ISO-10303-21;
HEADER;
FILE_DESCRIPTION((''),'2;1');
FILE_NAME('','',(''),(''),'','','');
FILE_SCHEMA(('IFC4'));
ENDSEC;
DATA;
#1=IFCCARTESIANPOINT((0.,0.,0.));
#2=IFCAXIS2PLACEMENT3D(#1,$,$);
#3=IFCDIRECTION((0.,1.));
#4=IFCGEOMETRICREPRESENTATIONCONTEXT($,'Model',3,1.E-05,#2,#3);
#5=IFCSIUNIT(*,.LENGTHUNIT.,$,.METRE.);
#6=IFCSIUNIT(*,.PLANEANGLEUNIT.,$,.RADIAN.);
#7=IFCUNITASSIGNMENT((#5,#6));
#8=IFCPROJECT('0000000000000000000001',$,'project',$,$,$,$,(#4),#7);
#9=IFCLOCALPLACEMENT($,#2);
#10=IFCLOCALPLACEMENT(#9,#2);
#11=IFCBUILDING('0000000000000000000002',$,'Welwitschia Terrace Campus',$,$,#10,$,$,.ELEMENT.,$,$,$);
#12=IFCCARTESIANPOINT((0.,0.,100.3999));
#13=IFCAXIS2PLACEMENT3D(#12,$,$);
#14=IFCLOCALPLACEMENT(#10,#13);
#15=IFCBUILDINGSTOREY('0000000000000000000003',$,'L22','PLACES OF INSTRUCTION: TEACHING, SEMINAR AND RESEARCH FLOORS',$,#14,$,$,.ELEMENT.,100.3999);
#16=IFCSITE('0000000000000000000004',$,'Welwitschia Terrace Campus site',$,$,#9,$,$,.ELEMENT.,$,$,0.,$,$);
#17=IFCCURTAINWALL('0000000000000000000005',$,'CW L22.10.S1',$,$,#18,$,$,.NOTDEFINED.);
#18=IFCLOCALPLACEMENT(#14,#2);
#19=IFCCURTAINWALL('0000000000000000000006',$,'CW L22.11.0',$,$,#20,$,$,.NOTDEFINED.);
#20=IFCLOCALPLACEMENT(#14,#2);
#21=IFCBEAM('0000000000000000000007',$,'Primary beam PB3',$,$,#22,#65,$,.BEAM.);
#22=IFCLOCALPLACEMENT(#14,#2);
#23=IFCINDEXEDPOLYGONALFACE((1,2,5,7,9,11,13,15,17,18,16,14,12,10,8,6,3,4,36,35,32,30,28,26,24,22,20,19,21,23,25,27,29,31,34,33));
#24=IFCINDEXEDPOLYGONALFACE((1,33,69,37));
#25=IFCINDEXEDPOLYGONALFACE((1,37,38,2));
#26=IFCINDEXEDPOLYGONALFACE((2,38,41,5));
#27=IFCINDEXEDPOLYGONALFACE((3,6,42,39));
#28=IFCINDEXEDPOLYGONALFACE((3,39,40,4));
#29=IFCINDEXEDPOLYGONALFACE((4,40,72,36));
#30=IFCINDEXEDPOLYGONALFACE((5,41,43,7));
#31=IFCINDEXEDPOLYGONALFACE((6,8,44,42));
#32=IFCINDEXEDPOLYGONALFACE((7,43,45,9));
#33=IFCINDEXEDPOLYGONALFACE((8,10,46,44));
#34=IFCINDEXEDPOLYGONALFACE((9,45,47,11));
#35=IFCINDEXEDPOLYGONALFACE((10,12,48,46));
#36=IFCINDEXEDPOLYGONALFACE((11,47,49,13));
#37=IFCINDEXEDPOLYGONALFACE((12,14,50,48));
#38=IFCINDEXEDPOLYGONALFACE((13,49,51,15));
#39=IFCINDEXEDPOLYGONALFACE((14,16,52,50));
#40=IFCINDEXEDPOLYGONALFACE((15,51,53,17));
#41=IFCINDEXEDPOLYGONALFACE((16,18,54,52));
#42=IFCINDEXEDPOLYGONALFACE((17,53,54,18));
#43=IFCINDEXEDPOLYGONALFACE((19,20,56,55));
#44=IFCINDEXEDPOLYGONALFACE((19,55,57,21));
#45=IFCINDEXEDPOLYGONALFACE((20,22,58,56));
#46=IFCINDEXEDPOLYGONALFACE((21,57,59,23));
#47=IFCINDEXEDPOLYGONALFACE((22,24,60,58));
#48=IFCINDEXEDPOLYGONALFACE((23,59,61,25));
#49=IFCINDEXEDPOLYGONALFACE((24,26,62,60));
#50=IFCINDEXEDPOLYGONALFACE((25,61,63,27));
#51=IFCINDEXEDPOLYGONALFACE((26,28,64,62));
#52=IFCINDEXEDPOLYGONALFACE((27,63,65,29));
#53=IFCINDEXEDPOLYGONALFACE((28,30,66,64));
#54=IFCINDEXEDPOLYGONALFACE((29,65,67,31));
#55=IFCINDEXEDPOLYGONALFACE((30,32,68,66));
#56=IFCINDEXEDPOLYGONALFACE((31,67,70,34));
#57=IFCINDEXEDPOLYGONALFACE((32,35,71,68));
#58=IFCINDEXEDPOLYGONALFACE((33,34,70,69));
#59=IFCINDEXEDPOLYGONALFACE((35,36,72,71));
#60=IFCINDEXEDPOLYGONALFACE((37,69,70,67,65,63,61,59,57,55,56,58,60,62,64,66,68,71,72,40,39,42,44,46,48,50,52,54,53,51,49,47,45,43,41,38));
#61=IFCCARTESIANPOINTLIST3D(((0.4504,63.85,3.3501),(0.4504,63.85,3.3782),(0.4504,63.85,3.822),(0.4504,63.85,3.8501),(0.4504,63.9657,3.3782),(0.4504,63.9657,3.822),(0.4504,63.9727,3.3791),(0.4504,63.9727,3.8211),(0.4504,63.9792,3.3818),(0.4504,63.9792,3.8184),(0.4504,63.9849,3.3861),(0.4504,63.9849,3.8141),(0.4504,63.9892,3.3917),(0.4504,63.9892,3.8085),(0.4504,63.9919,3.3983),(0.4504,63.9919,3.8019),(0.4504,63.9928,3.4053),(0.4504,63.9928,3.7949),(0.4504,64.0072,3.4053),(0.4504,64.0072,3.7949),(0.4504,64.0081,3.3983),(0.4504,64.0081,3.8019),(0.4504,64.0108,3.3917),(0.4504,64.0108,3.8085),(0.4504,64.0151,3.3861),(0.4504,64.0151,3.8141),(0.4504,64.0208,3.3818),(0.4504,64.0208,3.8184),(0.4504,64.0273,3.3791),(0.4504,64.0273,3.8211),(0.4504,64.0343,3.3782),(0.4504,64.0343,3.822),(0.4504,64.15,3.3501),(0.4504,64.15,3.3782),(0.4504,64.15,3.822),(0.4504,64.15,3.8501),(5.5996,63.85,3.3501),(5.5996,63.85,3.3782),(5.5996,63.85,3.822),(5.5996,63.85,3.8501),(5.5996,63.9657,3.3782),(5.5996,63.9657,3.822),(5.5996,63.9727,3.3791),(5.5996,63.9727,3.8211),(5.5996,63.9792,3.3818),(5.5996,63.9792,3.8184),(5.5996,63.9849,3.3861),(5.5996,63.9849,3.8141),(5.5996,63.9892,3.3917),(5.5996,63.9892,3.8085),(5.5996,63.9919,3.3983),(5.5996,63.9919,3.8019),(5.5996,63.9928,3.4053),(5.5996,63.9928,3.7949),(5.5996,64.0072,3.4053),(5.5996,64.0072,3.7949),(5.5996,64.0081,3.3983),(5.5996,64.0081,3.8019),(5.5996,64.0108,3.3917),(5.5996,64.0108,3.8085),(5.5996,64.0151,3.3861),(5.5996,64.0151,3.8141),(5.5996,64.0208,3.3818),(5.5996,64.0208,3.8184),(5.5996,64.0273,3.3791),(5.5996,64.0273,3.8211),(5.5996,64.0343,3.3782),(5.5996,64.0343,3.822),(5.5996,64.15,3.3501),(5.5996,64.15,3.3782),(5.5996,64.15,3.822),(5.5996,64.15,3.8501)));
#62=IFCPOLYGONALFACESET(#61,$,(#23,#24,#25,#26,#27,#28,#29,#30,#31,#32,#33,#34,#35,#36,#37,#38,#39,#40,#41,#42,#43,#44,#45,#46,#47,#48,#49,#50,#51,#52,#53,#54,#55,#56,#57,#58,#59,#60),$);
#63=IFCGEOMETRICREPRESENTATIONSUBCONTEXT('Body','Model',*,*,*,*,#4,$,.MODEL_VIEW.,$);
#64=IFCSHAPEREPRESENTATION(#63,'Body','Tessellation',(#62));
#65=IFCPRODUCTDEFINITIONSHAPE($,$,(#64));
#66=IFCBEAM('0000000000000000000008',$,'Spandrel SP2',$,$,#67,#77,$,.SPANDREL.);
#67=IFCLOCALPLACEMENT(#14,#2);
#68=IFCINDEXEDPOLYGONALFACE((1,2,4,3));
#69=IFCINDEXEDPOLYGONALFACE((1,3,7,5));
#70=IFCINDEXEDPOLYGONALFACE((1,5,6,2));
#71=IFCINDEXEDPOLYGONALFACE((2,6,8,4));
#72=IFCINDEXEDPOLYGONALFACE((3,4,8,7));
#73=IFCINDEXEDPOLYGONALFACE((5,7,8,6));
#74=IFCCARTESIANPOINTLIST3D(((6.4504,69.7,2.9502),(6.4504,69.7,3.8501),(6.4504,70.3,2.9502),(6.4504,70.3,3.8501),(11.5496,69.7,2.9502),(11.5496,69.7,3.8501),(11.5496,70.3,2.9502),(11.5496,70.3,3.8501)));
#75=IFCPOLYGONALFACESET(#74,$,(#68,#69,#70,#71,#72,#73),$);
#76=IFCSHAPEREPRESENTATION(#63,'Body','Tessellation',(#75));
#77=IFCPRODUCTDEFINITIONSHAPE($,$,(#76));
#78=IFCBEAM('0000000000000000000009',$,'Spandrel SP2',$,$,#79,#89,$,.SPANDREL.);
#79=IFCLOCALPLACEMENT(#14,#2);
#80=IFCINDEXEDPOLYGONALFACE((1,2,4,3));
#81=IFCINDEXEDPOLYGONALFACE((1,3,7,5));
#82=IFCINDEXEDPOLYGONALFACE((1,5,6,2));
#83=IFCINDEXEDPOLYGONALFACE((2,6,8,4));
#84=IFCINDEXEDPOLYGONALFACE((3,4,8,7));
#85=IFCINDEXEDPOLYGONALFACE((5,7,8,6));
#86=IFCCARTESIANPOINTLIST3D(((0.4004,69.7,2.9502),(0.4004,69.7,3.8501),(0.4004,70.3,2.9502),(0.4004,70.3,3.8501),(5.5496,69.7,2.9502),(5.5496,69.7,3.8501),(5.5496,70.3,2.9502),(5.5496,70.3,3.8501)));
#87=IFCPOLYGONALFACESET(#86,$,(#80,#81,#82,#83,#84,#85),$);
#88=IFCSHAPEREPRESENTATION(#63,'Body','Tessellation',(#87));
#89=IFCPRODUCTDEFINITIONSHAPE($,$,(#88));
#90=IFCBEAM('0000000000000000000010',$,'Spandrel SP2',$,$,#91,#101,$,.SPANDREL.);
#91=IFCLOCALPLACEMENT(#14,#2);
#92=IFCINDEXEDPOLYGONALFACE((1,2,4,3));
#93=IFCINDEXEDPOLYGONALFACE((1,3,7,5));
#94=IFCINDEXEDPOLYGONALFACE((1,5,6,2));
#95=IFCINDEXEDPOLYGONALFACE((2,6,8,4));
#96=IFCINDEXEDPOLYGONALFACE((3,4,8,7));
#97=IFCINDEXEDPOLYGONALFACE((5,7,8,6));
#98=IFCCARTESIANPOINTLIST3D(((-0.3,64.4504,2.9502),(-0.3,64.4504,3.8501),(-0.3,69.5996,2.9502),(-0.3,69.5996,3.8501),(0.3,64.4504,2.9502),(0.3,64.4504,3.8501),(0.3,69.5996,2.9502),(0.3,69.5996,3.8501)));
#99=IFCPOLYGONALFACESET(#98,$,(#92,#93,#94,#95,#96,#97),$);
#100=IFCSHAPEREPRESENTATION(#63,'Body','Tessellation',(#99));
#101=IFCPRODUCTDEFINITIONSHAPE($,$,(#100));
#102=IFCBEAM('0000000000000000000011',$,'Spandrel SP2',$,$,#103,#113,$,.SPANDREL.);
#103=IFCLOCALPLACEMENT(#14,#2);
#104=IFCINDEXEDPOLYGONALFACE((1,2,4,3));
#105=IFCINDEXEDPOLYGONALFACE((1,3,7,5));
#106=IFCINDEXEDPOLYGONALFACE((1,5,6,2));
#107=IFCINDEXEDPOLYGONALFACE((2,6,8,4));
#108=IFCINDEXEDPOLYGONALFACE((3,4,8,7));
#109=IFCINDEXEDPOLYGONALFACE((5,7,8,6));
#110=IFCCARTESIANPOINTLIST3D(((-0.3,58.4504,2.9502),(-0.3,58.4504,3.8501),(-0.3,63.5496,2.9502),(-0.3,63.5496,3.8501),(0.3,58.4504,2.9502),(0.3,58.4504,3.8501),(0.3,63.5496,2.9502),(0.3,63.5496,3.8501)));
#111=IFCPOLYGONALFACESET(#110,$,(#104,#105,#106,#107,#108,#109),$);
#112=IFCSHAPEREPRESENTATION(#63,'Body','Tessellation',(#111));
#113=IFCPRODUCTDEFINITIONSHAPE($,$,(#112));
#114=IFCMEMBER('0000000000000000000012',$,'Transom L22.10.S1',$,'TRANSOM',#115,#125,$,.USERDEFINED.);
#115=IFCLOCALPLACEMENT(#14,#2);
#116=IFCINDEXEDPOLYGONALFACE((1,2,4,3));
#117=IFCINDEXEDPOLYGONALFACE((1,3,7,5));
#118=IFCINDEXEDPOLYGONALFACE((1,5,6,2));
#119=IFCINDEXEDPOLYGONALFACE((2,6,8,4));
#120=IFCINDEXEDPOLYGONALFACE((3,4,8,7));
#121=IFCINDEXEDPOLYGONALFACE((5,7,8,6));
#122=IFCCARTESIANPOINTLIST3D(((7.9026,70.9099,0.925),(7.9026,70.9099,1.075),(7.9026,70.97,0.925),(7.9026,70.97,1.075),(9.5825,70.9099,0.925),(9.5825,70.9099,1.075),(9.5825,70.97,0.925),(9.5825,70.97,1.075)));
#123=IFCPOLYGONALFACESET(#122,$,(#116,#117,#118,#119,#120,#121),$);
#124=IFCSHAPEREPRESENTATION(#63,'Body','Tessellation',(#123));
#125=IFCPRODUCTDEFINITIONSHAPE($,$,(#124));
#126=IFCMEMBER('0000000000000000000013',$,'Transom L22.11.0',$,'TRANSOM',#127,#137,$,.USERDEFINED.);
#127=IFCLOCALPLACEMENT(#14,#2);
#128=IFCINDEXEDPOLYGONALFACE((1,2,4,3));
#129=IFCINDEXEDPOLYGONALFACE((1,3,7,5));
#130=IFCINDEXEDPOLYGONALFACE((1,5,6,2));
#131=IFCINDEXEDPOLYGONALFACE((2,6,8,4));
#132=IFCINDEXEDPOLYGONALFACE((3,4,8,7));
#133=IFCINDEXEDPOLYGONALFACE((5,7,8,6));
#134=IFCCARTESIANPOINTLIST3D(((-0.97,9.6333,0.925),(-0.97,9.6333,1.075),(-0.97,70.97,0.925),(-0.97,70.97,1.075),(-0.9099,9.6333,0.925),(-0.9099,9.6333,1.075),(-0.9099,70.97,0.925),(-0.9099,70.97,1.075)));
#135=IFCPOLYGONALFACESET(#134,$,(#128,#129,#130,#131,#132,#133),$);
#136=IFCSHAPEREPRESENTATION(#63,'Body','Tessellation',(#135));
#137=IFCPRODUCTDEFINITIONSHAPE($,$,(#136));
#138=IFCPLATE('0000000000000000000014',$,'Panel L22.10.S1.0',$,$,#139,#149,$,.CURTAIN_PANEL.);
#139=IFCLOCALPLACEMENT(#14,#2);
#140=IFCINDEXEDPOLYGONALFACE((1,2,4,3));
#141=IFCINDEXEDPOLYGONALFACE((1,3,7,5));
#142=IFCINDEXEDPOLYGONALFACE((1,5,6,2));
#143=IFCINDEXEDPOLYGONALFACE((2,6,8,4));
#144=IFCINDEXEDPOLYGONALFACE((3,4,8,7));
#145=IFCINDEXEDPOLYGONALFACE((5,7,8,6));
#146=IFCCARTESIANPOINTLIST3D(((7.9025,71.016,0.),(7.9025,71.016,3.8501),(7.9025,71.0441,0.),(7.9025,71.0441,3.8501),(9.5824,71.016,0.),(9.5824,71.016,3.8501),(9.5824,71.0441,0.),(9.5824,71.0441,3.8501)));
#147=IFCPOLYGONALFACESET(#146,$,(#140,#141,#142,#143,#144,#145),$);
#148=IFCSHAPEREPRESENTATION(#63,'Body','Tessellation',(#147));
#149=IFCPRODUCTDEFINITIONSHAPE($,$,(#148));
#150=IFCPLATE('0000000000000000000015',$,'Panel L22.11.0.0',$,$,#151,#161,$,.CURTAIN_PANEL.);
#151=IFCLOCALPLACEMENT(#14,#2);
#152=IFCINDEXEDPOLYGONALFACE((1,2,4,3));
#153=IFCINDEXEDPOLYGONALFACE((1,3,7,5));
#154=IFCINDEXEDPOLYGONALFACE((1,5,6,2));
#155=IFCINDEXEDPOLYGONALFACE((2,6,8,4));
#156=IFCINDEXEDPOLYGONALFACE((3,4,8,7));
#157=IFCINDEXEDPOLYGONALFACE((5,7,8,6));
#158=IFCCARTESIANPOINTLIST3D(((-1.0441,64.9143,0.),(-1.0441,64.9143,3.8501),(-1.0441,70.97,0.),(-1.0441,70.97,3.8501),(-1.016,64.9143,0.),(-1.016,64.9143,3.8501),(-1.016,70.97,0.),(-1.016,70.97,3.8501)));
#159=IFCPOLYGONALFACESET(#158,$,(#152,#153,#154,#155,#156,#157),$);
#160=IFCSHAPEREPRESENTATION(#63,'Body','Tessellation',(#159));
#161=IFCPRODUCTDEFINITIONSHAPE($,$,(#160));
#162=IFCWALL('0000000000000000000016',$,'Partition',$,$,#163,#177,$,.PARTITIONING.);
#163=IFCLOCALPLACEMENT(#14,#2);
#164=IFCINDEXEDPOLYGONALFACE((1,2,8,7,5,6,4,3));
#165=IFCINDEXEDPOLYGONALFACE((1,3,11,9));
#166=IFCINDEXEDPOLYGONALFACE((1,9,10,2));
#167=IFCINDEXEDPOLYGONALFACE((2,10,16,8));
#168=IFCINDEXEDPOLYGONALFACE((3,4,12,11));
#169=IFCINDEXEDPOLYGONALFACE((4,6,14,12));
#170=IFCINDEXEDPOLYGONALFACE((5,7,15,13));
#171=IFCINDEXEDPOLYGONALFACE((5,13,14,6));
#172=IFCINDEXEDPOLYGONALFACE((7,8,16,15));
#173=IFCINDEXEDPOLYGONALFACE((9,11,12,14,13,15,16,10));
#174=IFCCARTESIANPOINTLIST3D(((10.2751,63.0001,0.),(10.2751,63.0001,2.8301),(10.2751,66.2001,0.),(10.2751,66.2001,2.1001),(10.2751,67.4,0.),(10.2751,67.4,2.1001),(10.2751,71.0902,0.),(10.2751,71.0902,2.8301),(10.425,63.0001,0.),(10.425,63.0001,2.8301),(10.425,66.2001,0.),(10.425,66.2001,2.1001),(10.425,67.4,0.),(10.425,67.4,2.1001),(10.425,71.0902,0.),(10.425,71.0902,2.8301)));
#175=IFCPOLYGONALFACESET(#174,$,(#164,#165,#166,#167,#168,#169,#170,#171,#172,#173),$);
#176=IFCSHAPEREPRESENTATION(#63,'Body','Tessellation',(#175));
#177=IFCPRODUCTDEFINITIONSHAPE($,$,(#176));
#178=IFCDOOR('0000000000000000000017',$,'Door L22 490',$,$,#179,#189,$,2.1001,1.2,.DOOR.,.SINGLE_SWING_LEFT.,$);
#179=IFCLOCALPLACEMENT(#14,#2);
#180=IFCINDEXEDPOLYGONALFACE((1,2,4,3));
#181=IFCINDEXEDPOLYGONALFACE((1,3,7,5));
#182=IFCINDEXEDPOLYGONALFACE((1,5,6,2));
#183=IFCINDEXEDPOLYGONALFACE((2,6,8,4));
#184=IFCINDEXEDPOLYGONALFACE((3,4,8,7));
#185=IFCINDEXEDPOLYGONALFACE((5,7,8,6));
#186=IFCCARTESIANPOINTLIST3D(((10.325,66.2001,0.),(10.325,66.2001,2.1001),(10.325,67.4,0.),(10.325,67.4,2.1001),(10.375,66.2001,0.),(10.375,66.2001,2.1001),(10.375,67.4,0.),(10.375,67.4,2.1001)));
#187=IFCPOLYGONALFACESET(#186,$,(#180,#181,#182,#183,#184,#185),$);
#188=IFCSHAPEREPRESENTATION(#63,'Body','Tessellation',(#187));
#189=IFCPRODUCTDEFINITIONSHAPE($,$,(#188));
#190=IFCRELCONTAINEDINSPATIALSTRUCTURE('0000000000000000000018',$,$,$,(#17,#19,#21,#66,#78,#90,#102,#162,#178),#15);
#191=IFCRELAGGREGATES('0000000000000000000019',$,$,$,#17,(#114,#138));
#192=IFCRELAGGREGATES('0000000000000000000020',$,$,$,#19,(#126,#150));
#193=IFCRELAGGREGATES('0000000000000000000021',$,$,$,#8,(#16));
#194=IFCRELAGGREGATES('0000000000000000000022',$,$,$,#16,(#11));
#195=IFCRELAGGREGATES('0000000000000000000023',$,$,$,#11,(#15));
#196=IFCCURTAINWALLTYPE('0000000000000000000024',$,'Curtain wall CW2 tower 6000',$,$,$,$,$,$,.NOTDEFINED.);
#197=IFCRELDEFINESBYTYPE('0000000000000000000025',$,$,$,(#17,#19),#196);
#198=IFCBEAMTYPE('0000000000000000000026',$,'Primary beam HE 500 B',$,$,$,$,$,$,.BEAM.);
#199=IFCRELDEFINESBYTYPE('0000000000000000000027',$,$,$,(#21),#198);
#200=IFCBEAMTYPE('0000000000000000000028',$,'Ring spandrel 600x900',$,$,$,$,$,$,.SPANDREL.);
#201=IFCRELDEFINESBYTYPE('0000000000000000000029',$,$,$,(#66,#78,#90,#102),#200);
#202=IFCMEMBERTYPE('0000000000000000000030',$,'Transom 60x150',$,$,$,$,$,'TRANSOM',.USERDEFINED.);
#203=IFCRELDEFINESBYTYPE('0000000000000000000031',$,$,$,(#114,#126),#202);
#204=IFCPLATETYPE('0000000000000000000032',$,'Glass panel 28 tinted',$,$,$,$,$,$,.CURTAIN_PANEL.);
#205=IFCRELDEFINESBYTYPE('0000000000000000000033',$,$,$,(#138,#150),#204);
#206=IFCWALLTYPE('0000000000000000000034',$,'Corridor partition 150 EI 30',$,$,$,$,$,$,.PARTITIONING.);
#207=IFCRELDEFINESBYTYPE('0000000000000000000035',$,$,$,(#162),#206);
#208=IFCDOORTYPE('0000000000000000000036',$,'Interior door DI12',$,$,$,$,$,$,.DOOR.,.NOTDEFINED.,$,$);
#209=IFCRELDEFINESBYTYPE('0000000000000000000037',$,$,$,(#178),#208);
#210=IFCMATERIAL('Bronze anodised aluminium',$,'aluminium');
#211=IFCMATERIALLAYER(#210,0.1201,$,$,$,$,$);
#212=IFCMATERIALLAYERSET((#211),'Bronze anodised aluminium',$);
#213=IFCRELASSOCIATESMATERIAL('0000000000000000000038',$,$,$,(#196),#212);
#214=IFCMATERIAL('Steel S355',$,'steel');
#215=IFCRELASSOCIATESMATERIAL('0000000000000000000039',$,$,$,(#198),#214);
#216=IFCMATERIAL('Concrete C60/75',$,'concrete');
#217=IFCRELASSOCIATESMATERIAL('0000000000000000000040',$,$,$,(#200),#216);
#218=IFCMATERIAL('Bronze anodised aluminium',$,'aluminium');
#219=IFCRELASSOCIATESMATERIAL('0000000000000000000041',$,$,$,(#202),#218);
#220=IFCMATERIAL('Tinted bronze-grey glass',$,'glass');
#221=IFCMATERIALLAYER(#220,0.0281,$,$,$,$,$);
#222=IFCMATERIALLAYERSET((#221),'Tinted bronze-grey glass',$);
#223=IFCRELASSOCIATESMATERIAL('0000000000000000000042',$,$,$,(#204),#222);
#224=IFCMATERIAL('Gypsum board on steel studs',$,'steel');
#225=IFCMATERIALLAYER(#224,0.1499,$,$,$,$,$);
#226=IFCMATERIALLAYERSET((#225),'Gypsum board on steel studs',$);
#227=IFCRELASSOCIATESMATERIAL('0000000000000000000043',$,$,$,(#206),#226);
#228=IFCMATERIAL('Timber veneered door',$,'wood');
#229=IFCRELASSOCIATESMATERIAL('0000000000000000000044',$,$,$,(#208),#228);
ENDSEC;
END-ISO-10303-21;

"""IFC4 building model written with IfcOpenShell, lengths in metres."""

from ifc_helpers import new_model, si_unit, direction, frame, frame_2d, origin, origin_2d, place, context, subcontext, project, spatial, rectangle, i_section, extrude, material, layer, layer_set, material_profile, profile_set, type_object, element, fill, aggregate, save


model = new_model("IFC4")

# Units and contexts
model_context = context("Model", 3, precision=1e-05, world=origin(), true_north=direction((0.0, 1.0)))
body_context = subcontext(model_context, "Body", "Model", "MODEL_VIEW")
ifc_project = project(units=[si_unit("LENGTHUNIT", "METRE"), si_unit("PLANEANGLEUNIT", "RADIAN")], contexts=[model_context])

# Site, building, storey
site_placement = place(None, origin())
site = spatial("IfcSite", under=ifc_project, at=site_placement, Name="Welwitschia Terrace Campus site", CompositionType="ELEMENT", RefElevation=0.0)
building_placement = place(site_placement, origin())
building = spatial("IfcBuilding", under=site, at=building_placement, Name="Welwitschia Terrace Campus", CompositionType="ELEMENT")
storey_placement = place(building_placement, frame((0.0, 0.0, 100.3999)))
storey = spatial("IfcBuildingStorey", under=building, at=storey_placement, Name="L22", Description="PLACES OF INSTRUCTION: TEACHING, SEMINAR AND RESEARCH FLOORS", CompositionType="ELEMENT", Elevation=100.3999)

# Curtain walls
ifc_material_1 = material(Name="Bronze anodised aluminium", Category="aluminium")
ifc_layer_1 = layer(ifc_material_1, 0.1201)
ifc_layer_set_1 = layer_set([ifc_layer_1], Name="Bronze anodised aluminium")
curtain_wall_type = type_object("IfcCurtainWallType", Name="Curtain wall CW2 tower 6000", PredefinedType="NOTDEFINED", material=ifc_layer_set_1)
curtain_wall_1_placement = place(storey_placement, origin())
curtain_wall_1 = element("IfcCurtainWall", 1, at=curtain_wall_1_placement, inside=storey, type_object=curtain_wall_type, Name="CW L22.10.S1", PredefinedType="NOTDEFINED")
curtain_wall_2_placement = place(storey_placement, origin())
curtain_wall_2 = element("IfcCurtainWall", 2, at=curtain_wall_2_placement, inside=storey, type_object=curtain_wall_type, Name="CW L22.11.0", PredefinedType="NOTDEFINED")

# Beams
ifc_material_2 = material(Name="Steel S355", Category="steel")
ifc_material_profile_1 = material_profile(ifc_material_2, i_section(OverallWidth=0.3, OverallDepth=0.5, WebThickness=0.0144, FlangeThickness=0.0281, FilletRadius=0.0271, at=origin_2d()))
ifc_profile_set_1 = profile_set([ifc_material_profile_1], Name="Steel S355")
beam_type_1 = type_object("IfcBeamType", Name="Primary beam HE 500 B", PredefinedType="BEAM", material=ifc_profile_set_1)
beam_1_placement = place(storey_placement, frame((0.4504, 64.0, 3.6001), z_axis=(1.0, 0.0, 0.0), x_axis=(0.0, 1.0, 0.0)))
element("IfcBeam", 3, at=beam_1_placement, inside=storey, type_object=beam_type_1, Name="Primary beam PB3", PredefinedType="BEAM", context=body_context, shape_type="SweptSolid", body=[
    extrude(i_section(OverallWidth=0.3, OverallDepth=0.5, WebThickness=0.0144, FlangeThickness=0.0281, FilletRadius=0.0271, at=origin_2d()), origin(), (0.0, 0.0, 1.0), 5.1492),
])
ifc_material_3 = material(Name="Concrete C60/75", Category="concrete")
ifc_material_profile_2 = material_profile(ifc_material_3, rectangle(XDim=0.6001, YDim=0.8999, at=origin_2d()))
ifc_profile_set_2 = profile_set([ifc_material_profile_2], Name="Concrete C60/75")
beam_type_2 = type_object("IfcBeamType", Name="Ring spandrel 600x900", PredefinedType="SPANDREL", material=ifc_profile_set_2)
beam_2_placement = place(storey_placement, frame((11.5496, 70.0, 3.4001), z_axis=(-1.0, 0.0, 0.0), x_axis=(0.0, -1.0, 0.0)))
element("IfcBeam", 4, at=beam_2_placement, inside=storey, type_object=beam_type_2, Name="Spandrel SP2", PredefinedType="SPANDREL", context=body_context, shape_type="SweptSolid", body=[
    extrude(rectangle(XDim=0.6001, YDim=0.8999, at=origin_2d()), origin(), (0.0, 0.0, 1.0), 5.0991),
])
for number, where, z_axis, x_axis, name in (
    (5, (5.5496, 70.0, 3.4001), (-1.0, 0.0, 0.0), (0.0, -1.0, 0.0), "Spandrel SP2"),
    (6, (0.0, 69.5996, 3.4001), (0.0, -1.0, 0.0), (1.0, 0.0, 0.0), "Spandrel SP2"),
):
    element("IfcBeam", number, at=place(storey_placement, frame(where, z_axis=z_axis, x_axis=x_axis)), inside=storey, type_object=beam_type_2, Name=name, PredefinedType="SPANDREL", context=body_context, shape_type="SweptSolid", body=[
        extrude(rectangle(XDim=0.6001, YDim=0.8999, at=origin_2d()), origin(), (0.0, 0.0, 1.0), 5.1492),
    ])
beam_3_placement = place(storey_placement, frame((0.0, 63.5496, 3.4001), z_axis=(0.0, -1.0, 0.0), x_axis=(1.0, 0.0, 0.0)))
element("IfcBeam", 7, at=beam_3_placement, inside=storey, type_object=beam_type_2, Name="Spandrel SP2", PredefinedType="SPANDREL", context=body_context, shape_type="SweptSolid", body=[
    extrude(rectangle(XDim=0.6001, YDim=0.8999, at=origin_2d()), origin(), (0.0, 0.0, 1.0), 5.0991),
])

# Members
ifc_material_4 = material(Name="Bronze anodised aluminium", Category="aluminium")
ifc_material_profile_3 = material_profile(ifc_material_4, rectangle(XDim=0.0601, YDim=0.1499, at=origin_2d()))
ifc_profile_set_3 = profile_set([ifc_material_profile_3], Name="Bronze anodised aluminium")
member_type_1 = type_object("IfcMemberType", Name="Transom 60x150", ElementType="TRANSOM", PredefinedType="USERDEFINED", material=ifc_profile_set_3)
member_1_placement = place(storey_placement, frame((9.5825, 70.9399, 1.0), z_axis=(-1.0, 0.0, 0.0), x_axis=(0.0, -1.0, 0.0)))
member_1 = element("IfcMember", 8, at=member_1_placement, type_object=member_type_1, Name="Transom L22.10.S1", ObjectType="TRANSOM", PredefinedType="USERDEFINED", context=body_context, shape_type="SweptSolid", body=[
    extrude(rectangle(XDim=0.0601, YDim=0.1499, at=origin_2d()), origin(), (0.0, 0.0, 1.0), 1.6799),
])
member_2_placement = place(storey_placement, frame((-0.9399, 70.97, 1.0), z_axis=(0.0, -1.0, 0.0), x_axis=(1.0, 0.0, 0.0)))
member_2 = element("IfcMember", 9, at=member_2_placement, type_object=member_type_1, Name="Transom L22.11.0", ObjectType="TRANSOM", PredefinedType="USERDEFINED", context=body_context, shape_type="SweptSolid", body=[
    extrude(rectangle(XDim=0.0601, YDim=0.1499, at=origin_2d()), origin(), (0.0, 0.0, 1.0), 61.3367),
])

# Plates
ifc_material_5 = material(Name="Tinted bronze-grey glass", Category="glass")
ifc_layer_2 = layer(ifc_material_5, 0.0281)
ifc_layer_set_2 = layer_set([ifc_layer_2], Name="Tinted bronze-grey glass")
plate_type = type_object("IfcPlateType", Name="Glass panel 28 tinted", PredefinedType="CURTAIN_PANEL", material=ifc_layer_set_2)
plate_1_placement = place(storey_placement, frame((8.7424, 71.03, 0.0), z_axis=(0.0, 0.0, 1.0), x_axis=(-1.0, 0.0, 0.0)))
plate_1 = element("IfcPlate", 10, at=plate_1_placement, type_object=plate_type, Name="Panel L22.10.S1.0", PredefinedType="CURTAIN_PANEL", context=body_context, shape_type="SweptSolid", body=[
    extrude(rectangle(XDim=1.6799, YDim=0.0281, at=origin_2d()), origin(), (0.0, 0.0, 1.0), 3.8501),
])
aggregate(curtain_wall_1, [member_1, plate_1])
plate_2_placement = place(storey_placement, frame((-1.03, 67.9421, 0.0), z_axis=(0.0, 0.0, 1.0), x_axis=(0.0, -1.0, 0.0)))
plate_2 = element("IfcPlate", 11, at=plate_2_placement, type_object=plate_type, Name="Panel L22.11.0.0", PredefinedType="CURTAIN_PANEL", context=body_context, shape_type="SweptSolid", body=[
    extrude(rectangle(XDim=6.0557, YDim=0.0281, at=origin_2d()), origin(), (0.0, 0.0, 1.0), 3.8501),
])
aggregate(curtain_wall_2, [member_2, plate_2])

# Wall, opening, door
ifc_material_6 = material(Name="Gypsum board on steel studs", Category="steel")
ifc_layer_3 = layer(ifc_material_6, 0.1499)
ifc_layer_set_3 = layer_set([ifc_layer_3], Name="Gypsum board on steel studs")
wall_type_1 = type_object("IfcWallType", Name="Corridor partition 150 EI 30", PredefinedType="PARTITIONING", material=ifc_layer_set_3)
wall_1_placement = place(storey_placement, frame((10.3501, 71.0901, 0.0), z_axis=(0.0, 0.0, 1.0), x_axis=(0.0, -1.0, 0.0)))
wall_1 = element("IfcWall", 12, at=wall_1_placement, inside=storey, type_object=wall_type_1, Name="Partition", PredefinedType="PARTITIONING", context=body_context, shape_type="SweptSolid", body=[
    extrude(rectangle(XDim=8.0901, YDim=0.1499, at=frame_2d((4.0449, 0.0))), origin(), (0.0, 0.0, 1.0), 2.8301),
])
opening_placement = place(wall_1_placement, frame((3.6899, 0.0, 0.0)))
opening = element("IfcOpeningElement", 13, at=opening_placement, cuts=wall_1, PredefinedType="OPENING", context=body_context, shape_type="SweptSolid", body=[
    extrude(rectangle(XDim=1.2, YDim=2.1001, at=frame_2d((0.6001, 1.05))), frame((0.0, 0.085, 0.0), z_axis=(0.0, -1.0, 0.0), x_axis=(1.0, 0.0, 0.0)), (0.0, 0.0, 1.0), 0.1699),
])
ifc_material_7 = material(Name="Timber veneered door", Category="wood")
door_type = type_object("IfcDoorType", Name="Interior door DI12", OperationType="NOTDEFINED", PredefinedType="DOOR", material=ifc_material_7)
door_placement = place(opening_placement, origin())
door = element("IfcDoor", 14, at=door_placement, inside=storey, type_object=door_type, Name="Door L22 490", OperationType="SINGLE_SWING_LEFT", OverallHeight=2.1001, OverallWidth=1.2, PredefinedType="DOOR", context=body_context, shape_type="SweptSolid", body=[
    extrude(rectangle(XDim=1.2, YDim=2.1001, at=frame_2d((0.6001, 1.05))), frame((0.0, 0.0249, 0.0), z_axis=(0.0, -1.0, 0.0), x_axis=(1.0, 0.0, 0.0)), (0.0, 0.0, 1.0), 0.05),
])
fill(opening, door)

save(model, "model.ifc")
